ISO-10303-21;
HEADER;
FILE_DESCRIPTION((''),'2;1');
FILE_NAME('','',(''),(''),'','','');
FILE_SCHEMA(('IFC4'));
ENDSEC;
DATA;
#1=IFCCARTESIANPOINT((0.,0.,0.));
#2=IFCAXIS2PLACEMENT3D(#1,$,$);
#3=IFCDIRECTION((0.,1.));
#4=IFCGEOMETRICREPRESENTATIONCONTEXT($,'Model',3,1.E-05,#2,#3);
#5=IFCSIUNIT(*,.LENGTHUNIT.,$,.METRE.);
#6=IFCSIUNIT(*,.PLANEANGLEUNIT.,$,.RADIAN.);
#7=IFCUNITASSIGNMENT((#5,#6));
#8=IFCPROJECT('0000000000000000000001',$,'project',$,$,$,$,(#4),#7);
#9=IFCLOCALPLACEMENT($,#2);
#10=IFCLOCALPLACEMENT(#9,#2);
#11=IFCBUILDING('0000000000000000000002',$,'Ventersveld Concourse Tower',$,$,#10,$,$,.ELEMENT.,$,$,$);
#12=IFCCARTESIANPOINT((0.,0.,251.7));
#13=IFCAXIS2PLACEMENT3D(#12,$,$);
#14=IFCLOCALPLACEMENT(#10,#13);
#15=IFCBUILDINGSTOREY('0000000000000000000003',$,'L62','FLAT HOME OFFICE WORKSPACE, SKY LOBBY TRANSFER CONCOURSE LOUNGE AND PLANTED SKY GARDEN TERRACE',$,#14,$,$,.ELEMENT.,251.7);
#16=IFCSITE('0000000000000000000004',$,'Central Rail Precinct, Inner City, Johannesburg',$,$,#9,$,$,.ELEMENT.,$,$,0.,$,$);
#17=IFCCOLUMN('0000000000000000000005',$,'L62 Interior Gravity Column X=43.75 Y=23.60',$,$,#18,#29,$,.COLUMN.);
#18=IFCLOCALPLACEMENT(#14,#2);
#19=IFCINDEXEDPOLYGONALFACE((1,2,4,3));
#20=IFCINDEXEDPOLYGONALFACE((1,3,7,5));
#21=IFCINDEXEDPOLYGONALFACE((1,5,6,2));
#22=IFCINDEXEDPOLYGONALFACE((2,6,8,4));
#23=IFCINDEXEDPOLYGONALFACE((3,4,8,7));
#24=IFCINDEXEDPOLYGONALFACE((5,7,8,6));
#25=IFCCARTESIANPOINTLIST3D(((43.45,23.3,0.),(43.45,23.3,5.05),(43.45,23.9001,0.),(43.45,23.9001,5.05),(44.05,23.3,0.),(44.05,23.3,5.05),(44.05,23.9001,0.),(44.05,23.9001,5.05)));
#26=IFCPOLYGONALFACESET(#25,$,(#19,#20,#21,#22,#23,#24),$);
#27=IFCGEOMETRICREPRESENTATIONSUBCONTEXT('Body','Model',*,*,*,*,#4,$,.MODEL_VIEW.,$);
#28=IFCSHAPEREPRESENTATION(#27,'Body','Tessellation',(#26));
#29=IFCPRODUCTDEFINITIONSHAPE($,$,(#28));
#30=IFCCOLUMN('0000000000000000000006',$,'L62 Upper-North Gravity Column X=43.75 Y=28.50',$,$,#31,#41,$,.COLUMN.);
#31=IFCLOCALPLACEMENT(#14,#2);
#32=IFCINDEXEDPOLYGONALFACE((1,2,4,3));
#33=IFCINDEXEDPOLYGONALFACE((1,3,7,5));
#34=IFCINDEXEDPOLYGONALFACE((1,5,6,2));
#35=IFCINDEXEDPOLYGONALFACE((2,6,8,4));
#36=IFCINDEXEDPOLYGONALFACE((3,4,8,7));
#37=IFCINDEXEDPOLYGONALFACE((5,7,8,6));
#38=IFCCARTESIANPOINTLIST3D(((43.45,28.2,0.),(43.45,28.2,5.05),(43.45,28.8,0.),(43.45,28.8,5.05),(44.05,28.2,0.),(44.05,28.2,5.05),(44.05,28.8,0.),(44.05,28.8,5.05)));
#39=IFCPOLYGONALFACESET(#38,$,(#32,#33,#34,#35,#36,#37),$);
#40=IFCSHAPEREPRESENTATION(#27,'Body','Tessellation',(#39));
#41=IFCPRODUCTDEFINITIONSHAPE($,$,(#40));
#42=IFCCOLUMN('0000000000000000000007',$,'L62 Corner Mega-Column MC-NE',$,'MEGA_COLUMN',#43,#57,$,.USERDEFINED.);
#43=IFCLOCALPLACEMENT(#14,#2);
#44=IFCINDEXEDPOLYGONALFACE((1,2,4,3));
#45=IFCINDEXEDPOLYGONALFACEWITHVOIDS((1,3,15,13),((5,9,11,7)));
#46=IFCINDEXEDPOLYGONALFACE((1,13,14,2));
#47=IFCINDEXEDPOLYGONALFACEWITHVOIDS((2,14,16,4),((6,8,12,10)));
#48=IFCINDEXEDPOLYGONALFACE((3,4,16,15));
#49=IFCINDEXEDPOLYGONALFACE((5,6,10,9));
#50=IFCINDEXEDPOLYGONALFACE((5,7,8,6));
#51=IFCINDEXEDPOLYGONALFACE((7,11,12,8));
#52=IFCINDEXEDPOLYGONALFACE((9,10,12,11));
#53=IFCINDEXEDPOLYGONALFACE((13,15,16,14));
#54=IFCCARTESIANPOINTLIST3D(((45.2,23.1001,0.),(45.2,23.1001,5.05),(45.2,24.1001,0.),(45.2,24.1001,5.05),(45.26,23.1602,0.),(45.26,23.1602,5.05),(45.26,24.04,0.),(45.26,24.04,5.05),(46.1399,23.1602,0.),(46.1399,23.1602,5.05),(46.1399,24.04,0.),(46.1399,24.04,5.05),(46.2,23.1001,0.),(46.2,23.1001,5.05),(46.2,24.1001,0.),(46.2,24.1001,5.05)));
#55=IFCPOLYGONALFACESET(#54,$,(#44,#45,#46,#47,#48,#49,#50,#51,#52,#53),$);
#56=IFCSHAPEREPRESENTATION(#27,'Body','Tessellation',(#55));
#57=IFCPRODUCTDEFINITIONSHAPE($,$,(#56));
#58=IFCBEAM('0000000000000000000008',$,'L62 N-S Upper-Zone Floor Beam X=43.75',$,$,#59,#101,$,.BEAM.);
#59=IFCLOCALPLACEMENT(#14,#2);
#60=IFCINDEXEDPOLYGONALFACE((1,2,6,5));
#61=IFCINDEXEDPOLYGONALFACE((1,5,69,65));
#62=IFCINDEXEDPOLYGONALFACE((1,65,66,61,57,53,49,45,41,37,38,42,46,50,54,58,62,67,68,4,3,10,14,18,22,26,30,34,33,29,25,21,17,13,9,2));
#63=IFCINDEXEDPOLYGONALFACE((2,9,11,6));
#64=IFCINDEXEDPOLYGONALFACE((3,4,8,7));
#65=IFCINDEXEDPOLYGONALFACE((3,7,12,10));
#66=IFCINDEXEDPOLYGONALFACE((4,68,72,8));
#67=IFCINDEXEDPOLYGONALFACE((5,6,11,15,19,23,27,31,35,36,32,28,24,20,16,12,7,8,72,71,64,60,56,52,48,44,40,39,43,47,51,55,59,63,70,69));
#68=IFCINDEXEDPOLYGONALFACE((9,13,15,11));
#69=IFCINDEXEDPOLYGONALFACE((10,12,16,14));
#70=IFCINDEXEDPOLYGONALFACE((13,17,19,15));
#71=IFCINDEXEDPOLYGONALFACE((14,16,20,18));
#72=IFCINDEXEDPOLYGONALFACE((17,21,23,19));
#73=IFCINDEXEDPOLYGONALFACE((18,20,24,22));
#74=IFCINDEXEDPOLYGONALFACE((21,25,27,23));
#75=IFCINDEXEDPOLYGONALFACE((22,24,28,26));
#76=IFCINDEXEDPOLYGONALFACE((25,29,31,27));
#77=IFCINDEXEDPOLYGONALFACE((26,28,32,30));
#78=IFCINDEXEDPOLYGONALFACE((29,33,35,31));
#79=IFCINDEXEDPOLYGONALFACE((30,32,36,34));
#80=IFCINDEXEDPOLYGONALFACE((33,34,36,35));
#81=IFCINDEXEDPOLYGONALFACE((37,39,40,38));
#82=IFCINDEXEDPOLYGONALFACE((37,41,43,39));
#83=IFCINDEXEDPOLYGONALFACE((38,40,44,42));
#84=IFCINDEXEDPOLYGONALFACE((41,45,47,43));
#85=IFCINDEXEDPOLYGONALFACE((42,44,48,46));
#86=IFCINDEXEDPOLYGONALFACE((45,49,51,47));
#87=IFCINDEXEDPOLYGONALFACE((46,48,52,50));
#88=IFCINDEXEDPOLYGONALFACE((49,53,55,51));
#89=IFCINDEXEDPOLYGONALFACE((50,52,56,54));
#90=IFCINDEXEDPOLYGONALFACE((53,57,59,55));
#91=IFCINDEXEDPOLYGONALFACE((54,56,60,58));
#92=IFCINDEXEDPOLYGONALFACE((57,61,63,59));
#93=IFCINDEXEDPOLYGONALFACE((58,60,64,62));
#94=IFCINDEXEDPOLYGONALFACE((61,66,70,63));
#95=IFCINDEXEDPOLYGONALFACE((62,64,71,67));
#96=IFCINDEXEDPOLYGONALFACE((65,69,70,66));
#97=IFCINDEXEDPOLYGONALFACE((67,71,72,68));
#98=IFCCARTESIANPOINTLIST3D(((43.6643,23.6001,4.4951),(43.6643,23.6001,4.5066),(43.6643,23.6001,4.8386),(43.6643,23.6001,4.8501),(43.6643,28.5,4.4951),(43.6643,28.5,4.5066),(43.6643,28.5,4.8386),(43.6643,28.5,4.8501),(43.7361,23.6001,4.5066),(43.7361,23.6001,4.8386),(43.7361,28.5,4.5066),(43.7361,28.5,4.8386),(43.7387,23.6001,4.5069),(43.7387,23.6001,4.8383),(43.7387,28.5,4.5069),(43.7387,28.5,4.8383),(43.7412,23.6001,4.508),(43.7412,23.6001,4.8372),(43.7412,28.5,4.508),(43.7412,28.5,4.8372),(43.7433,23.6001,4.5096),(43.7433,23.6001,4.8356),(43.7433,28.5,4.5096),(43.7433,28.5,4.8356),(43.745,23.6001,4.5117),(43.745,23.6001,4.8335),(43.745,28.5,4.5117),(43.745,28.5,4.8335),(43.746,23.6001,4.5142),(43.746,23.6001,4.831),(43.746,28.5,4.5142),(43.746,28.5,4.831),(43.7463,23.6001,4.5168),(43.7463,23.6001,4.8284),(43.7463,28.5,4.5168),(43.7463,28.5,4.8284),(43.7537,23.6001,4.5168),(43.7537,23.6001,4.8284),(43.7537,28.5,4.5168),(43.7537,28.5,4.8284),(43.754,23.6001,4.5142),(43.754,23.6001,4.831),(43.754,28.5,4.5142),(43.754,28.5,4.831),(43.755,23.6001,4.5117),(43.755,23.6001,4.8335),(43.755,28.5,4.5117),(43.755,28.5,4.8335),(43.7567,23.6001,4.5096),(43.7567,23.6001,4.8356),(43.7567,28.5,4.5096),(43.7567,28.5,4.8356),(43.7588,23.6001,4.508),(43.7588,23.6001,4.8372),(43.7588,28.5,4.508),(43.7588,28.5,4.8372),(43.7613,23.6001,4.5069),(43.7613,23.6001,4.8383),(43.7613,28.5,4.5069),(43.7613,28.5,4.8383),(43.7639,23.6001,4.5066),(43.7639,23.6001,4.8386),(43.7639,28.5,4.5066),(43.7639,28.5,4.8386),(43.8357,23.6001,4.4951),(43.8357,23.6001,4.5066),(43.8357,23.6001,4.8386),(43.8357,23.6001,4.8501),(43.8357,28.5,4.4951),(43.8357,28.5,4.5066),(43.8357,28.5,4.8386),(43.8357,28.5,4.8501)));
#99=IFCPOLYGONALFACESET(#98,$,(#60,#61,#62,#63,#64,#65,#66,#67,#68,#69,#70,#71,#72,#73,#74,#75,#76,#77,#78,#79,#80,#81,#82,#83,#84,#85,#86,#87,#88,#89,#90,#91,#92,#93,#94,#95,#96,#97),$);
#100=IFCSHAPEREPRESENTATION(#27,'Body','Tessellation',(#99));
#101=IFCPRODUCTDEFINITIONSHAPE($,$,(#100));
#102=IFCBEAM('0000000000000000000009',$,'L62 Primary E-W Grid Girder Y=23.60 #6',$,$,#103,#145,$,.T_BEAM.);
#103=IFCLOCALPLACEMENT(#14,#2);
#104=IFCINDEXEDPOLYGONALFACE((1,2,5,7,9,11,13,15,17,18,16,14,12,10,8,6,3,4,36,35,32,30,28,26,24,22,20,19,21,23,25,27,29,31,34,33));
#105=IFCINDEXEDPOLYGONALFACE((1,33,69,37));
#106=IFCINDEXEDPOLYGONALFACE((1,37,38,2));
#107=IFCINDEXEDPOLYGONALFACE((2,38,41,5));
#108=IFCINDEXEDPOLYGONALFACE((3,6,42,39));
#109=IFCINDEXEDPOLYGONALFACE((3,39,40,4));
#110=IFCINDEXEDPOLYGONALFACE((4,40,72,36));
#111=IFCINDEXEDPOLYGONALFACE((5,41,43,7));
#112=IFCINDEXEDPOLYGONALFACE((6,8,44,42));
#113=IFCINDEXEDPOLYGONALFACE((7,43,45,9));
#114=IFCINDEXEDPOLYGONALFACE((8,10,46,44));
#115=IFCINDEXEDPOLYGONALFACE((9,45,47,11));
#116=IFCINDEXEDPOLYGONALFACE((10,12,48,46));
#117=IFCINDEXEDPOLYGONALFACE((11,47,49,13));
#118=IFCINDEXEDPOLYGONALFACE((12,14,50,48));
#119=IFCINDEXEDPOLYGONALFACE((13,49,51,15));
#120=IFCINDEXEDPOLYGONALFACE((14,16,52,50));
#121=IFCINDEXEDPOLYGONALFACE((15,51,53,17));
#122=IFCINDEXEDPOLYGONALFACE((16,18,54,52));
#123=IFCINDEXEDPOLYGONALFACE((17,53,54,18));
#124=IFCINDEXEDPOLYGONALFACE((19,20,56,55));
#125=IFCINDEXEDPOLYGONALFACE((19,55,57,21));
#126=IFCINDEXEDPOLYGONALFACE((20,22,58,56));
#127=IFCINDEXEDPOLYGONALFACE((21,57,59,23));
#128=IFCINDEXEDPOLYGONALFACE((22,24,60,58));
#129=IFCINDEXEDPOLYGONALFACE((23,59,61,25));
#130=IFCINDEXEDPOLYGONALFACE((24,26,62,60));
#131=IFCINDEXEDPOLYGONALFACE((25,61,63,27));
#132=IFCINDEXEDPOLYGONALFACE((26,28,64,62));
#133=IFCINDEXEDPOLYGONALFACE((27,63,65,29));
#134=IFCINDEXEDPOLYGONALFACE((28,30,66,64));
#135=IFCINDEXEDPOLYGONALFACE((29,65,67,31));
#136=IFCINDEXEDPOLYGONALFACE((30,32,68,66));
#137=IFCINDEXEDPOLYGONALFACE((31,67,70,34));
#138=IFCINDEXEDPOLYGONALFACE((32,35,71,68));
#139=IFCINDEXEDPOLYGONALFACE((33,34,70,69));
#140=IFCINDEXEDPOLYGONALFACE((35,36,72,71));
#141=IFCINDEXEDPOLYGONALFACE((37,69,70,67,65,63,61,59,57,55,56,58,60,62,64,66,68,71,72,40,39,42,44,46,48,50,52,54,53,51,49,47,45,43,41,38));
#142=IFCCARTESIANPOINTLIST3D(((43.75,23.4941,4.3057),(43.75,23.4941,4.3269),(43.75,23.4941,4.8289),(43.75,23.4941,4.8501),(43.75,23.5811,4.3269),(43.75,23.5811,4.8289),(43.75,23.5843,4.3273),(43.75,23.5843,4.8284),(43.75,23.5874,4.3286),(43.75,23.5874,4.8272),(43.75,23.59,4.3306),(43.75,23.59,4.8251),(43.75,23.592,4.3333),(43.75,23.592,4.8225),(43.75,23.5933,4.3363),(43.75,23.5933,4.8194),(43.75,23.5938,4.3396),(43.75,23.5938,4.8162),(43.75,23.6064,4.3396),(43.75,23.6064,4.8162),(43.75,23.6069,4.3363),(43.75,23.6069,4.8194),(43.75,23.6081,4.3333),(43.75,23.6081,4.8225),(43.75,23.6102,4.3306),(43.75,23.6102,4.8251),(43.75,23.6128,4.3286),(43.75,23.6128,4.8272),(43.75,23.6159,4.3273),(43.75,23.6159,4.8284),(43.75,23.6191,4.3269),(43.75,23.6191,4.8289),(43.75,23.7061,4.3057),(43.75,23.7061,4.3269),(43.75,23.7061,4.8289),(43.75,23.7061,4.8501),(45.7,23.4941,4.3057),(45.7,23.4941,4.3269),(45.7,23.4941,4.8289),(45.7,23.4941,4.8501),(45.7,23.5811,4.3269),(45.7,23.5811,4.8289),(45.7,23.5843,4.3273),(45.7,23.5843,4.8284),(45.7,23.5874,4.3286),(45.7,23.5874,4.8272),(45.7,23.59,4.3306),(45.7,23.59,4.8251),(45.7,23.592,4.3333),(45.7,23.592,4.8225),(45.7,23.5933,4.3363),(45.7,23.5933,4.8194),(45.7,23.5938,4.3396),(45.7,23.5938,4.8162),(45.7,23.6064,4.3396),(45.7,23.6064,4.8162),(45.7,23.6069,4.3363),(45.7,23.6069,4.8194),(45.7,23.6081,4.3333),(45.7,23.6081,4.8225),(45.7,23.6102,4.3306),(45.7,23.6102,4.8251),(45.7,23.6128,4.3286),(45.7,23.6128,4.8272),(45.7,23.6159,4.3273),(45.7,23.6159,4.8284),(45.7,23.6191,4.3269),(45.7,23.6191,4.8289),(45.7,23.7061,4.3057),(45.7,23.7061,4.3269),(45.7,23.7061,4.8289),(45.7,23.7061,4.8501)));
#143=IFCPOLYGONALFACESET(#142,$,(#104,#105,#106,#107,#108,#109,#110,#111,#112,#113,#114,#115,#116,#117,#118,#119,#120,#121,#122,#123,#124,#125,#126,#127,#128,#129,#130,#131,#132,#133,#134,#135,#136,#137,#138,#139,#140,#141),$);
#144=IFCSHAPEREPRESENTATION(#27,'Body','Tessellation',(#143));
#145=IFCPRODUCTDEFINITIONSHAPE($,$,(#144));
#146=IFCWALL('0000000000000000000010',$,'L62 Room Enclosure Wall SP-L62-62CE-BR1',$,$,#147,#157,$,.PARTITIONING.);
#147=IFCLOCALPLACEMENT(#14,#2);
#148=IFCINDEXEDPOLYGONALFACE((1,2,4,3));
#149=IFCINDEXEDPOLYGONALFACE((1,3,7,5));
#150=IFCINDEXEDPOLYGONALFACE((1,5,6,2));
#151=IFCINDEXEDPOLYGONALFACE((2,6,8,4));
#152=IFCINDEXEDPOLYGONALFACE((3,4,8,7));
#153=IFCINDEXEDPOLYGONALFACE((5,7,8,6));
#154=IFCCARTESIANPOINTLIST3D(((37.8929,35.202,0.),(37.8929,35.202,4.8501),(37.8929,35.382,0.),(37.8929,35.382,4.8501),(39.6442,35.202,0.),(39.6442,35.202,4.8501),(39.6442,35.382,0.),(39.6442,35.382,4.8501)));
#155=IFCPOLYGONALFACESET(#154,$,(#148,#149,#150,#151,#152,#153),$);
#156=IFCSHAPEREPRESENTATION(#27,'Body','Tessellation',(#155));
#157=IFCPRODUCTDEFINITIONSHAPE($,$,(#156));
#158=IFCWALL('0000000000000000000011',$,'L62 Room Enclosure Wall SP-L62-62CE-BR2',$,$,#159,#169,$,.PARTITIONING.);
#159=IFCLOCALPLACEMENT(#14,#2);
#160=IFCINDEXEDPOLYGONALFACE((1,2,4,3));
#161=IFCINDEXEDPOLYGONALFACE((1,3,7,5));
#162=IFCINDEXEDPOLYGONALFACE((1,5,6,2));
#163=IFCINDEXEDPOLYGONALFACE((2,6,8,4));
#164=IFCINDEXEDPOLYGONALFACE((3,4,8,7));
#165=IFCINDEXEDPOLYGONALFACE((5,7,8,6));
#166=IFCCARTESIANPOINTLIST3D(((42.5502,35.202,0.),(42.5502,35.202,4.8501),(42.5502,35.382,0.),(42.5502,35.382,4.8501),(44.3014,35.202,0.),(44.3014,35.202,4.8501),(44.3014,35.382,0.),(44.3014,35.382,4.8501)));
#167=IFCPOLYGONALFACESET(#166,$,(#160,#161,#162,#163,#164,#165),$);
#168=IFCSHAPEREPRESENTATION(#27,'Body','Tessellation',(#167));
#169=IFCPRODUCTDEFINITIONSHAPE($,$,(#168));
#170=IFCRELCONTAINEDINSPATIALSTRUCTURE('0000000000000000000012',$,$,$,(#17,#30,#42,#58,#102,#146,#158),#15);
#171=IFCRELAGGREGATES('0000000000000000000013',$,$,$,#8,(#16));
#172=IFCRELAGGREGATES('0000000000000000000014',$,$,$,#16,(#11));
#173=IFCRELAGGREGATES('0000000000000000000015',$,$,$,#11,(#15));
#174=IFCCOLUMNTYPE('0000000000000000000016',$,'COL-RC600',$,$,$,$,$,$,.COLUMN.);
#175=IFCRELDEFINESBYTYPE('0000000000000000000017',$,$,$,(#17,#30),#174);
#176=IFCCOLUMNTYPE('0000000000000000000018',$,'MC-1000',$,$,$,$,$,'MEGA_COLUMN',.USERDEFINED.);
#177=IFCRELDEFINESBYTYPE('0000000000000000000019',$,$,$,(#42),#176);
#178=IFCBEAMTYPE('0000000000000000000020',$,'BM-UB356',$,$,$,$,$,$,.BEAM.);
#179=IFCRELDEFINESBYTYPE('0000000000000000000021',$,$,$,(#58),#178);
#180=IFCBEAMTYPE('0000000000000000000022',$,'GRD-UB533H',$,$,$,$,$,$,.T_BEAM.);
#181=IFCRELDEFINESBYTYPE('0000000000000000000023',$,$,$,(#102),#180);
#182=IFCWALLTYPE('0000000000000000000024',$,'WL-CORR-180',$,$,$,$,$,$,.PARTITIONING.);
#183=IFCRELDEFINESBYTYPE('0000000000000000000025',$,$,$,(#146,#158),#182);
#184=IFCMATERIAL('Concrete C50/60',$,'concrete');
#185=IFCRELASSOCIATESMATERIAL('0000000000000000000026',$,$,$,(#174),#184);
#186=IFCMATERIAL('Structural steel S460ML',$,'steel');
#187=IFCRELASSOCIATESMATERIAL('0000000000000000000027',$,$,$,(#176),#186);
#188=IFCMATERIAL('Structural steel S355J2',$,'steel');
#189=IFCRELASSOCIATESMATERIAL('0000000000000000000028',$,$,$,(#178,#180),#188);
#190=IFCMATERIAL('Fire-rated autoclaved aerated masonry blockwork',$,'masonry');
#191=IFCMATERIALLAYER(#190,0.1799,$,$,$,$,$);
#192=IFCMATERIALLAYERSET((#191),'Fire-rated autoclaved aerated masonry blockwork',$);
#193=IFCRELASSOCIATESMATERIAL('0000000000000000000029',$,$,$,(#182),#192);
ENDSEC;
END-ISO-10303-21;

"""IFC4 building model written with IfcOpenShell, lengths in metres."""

from ifc_helpers import new_model, si_unit, direction, frame, frame_2d, origin, origin_2d, place, context, subcontext, project, spatial, rectangle, hollow_rectangle, i_section, extrude, material, layer, layer_set, material_profile, profile_set, type_object, element, save


model = new_model("IFC4")

# Units and contexts
model_context = context("Model", 3, precision=1e-05, world=origin(), true_north=direction((0.0, 1.0)))
body_context = subcontext(model_context, "Body", "Model", "MODEL_VIEW")
ifc_project = project(units=[si_unit("LENGTHUNIT", "METRE"), si_unit("PLANEANGLEUNIT", "RADIAN")], contexts=[model_context])

# Site, building, storey
site_placement = place(None, origin())
site = spatial("IfcSite", under=ifc_project, at=site_placement, Name="Central Rail Precinct, Inner City, Johannesburg", CompositionType="ELEMENT", RefElevation=0.0)
building_placement = place(site_placement, origin())
building = spatial("IfcBuilding", under=site, at=building_placement, Name="Ventersveld Concourse Tower", CompositionType="ELEMENT")
storey_placement = place(building_placement, frame((0.0, 0.0, 251.7)))
storey = spatial("IfcBuildingStorey", under=building, at=storey_placement, Name="L62", Description="FLAT HOME OFFICE WORKSPACE, SKY LOBBY TRANSFER CONCOURSE LOUNGE AND PLANTED SKY GARDEN TERRACE", CompositionType="ELEMENT", Elevation=251.7)

# Columns
ifc_material_1 = material(Name="Concrete C50/60", Category="concrete")
ifc_material_profile_1 = material_profile(ifc_material_1, rectangle(XDim=0.6001, YDim=0.6001, at=origin_2d()), Name="RC 600x600")
ifc_profile_set_1 = profile_set([ifc_material_profile_1], Name="Concrete C50/60")
column_type_1 = type_object("IfcColumnType", Name="COL-RC600", PredefinedType="COLUMN", material=ifc_profile_set_1)
for number, where, z_axis, x_axis, name in (
    (1, (43.75, 23.6001, 0.0), (0.0, 0.0, 1.0), (1.0, 0.0, 0.0), "L62 Interior Gravity Column X=43.75 Y=23.60"),
    (2, (43.75, 28.5, 0.0), (0.0, 0.0, 1.0), (1.0, 0.0, 0.0), "L62 Upper-North Gravity Column X=43.75 Y=28.50"),
):
    element("IfcColumn", number, at=place(storey_placement, frame(where, z_axis=z_axis, x_axis=x_axis)), inside=storey, type_object=column_type_1, Name=name, PredefinedType="COLUMN", context=body_context, shape_type="SweptSolid", body=[
        extrude(rectangle(XDim=0.6001, YDim=0.6001, at=origin_2d()), origin(), (0.0, 0.0, 1.0), 5.05),
    ])
ifc_material_2 = material(Name="Structural steel S460ML", Category="steel")
ifc_material_profile_2 = material_profile(ifc_material_2, hollow_rectangle(XDim=1.0, YDim=1.0, WallThickness=0.0601, at=origin_2d()), Name="BOX 1000x1000x60")
ifc_profile_set_2 = profile_set([ifc_material_profile_2], Name="Structural steel S460ML")
column_type_2 = type_object("IfcColumnType", Name="MC-1000", ElementType="MEGA_COLUMN", PredefinedType="USERDEFINED", material=ifc_profile_set_2)
column_placement = place(storey_placement, frame((45.7, 23.6001, 0.0), z_axis=(0.0, 0.0, 1.0), x_axis=(1.0, 0.0, 0.0)))
element("IfcColumn", 3, at=column_placement, inside=storey, type_object=column_type_2, Name="L62 Corner Mega-Column MC-NE", ObjectType="MEGA_COLUMN", PredefinedType="USERDEFINED", context=body_context, shape_type="SweptSolid", body=[
    extrude(hollow_rectangle(XDim=1.0, YDim=1.0, WallThickness=0.0601, at=origin_2d()), origin(), (0.0, 0.0, 1.0), 5.05),
])

# Beams
ifc_material_3 = material(Name="Structural steel S355J2", Category="steel")
ifc_material_profile_3 = material_profile(ifc_material_3, i_section(OverallWidth=0.1714, OverallDepth=0.355, WebThickness=0.0073, FlangeThickness=0.0115, FilletRadius=0.0103, at=origin_2d()), Name="UB 356x171x51")
ifc_profile_set_3 = profile_set([ifc_material_profile_3], Name="Structural steel S355J2")
beam_type_1 = type_object("IfcBeamType", Name="BM-UB356", PredefinedType="BEAM", material=ifc_profile_set_3)
beam_1_placement = place(storey_placement, frame((43.75, 23.6001, 4.6726), z_axis=(0.0, 1.0, 0.0), x_axis=(-1.0, 0.0, 0.0)))
element("IfcBeam", 4, at=beam_1_placement, inside=storey, type_object=beam_type_1, Name="L62 N-S Upper-Zone Floor Beam X=43.75", PredefinedType="BEAM", context=body_context, shape_type="SweptSolid", body=[
    extrude(i_section(OverallWidth=0.1714, OverallDepth=0.355, WebThickness=0.0073, FlangeThickness=0.0115, FilletRadius=0.0103, at=origin_2d()), origin(), (0.0, 0.0, 1.0), 4.8999),
])
ifc_material_profile_4 = material_profile(ifc_material_3, i_section(OverallWidth=0.2119, OverallDepth=0.5444, WebThickness=0.0127, FlangeThickness=0.0212, FilletRadius=0.0127, at=origin_2d()), Name="UB 533x210x122")
ifc_profile_set_4 = profile_set([ifc_material_profile_4], Name="Structural steel S355J2")
beam_type_2 = type_object("IfcBeamType", Name="GRD-UB533H", PredefinedType="T_BEAM", material=ifc_profile_set_4)
beam_2_placement = place(storey_placement, frame((43.75, 23.6001, 4.5779), z_axis=(1.0, 0.0, 0.0), x_axis=(0.0, 1.0, 0.0)))
element("IfcBeam", 5, at=beam_2_placement, inside=storey, type_object=beam_type_2, Name="L62 Primary E-W Grid Girder Y=23.60 #6", PredefinedType="T_BEAM", context=body_context, shape_type="SweptSolid", body=[
    extrude(i_section(OverallWidth=0.2119, OverallDepth=0.5444, WebThickness=0.0127, FlangeThickness=0.0212, FilletRadius=0.0127, at=origin_2d()), origin(), (0.0, 0.0, 1.0), 1.95),
])

# Walls
ifc_material_4 = material(Name="Fire-rated autoclaved aerated masonry blockwork", Category="masonry")
ifc_layer_1 = layer(ifc_material_4, 0.1799)
ifc_layer_set_1 = layer_set([ifc_layer_1], Name="Fire-rated autoclaved aerated masonry blockwork")
wall_type_1 = type_object("IfcWallType", Name="WL-CORR-180", PredefinedType="PARTITIONING", material=ifc_layer_set_1)
for number, where, z_axis, x_axis, name in (
    (6, (37.8931, 35.292, 0.0), (0.0, 0.0, 1.0), (1.0, 0.0, 0.0), "L62 Room Enclosure Wall SP-L62-62CE-BR1"),
    (7, (42.5503, 35.292, 0.0), (0.0, 0.0, 1.0), (1.0, 0.0, 0.0), "L62 Room Enclosure Wall SP-L62-62CE-BR2"),
):
    element("IfcWall", number, at=place(storey_placement, frame(where, z_axis=z_axis, x_axis=x_axis)), inside=storey, type_object=wall_type_1, Name=name, PredefinedType="PARTITIONING", context=body_context, shape_type="SweptSolid", body=[
        extrude(rectangle(XDim=1.7512, YDim=0.1799, at=frame_2d((0.8755, 0.0))), origin(), (0.0, 0.0, 1.0), 4.8501),
    ])

save(model, "model.ifc")
